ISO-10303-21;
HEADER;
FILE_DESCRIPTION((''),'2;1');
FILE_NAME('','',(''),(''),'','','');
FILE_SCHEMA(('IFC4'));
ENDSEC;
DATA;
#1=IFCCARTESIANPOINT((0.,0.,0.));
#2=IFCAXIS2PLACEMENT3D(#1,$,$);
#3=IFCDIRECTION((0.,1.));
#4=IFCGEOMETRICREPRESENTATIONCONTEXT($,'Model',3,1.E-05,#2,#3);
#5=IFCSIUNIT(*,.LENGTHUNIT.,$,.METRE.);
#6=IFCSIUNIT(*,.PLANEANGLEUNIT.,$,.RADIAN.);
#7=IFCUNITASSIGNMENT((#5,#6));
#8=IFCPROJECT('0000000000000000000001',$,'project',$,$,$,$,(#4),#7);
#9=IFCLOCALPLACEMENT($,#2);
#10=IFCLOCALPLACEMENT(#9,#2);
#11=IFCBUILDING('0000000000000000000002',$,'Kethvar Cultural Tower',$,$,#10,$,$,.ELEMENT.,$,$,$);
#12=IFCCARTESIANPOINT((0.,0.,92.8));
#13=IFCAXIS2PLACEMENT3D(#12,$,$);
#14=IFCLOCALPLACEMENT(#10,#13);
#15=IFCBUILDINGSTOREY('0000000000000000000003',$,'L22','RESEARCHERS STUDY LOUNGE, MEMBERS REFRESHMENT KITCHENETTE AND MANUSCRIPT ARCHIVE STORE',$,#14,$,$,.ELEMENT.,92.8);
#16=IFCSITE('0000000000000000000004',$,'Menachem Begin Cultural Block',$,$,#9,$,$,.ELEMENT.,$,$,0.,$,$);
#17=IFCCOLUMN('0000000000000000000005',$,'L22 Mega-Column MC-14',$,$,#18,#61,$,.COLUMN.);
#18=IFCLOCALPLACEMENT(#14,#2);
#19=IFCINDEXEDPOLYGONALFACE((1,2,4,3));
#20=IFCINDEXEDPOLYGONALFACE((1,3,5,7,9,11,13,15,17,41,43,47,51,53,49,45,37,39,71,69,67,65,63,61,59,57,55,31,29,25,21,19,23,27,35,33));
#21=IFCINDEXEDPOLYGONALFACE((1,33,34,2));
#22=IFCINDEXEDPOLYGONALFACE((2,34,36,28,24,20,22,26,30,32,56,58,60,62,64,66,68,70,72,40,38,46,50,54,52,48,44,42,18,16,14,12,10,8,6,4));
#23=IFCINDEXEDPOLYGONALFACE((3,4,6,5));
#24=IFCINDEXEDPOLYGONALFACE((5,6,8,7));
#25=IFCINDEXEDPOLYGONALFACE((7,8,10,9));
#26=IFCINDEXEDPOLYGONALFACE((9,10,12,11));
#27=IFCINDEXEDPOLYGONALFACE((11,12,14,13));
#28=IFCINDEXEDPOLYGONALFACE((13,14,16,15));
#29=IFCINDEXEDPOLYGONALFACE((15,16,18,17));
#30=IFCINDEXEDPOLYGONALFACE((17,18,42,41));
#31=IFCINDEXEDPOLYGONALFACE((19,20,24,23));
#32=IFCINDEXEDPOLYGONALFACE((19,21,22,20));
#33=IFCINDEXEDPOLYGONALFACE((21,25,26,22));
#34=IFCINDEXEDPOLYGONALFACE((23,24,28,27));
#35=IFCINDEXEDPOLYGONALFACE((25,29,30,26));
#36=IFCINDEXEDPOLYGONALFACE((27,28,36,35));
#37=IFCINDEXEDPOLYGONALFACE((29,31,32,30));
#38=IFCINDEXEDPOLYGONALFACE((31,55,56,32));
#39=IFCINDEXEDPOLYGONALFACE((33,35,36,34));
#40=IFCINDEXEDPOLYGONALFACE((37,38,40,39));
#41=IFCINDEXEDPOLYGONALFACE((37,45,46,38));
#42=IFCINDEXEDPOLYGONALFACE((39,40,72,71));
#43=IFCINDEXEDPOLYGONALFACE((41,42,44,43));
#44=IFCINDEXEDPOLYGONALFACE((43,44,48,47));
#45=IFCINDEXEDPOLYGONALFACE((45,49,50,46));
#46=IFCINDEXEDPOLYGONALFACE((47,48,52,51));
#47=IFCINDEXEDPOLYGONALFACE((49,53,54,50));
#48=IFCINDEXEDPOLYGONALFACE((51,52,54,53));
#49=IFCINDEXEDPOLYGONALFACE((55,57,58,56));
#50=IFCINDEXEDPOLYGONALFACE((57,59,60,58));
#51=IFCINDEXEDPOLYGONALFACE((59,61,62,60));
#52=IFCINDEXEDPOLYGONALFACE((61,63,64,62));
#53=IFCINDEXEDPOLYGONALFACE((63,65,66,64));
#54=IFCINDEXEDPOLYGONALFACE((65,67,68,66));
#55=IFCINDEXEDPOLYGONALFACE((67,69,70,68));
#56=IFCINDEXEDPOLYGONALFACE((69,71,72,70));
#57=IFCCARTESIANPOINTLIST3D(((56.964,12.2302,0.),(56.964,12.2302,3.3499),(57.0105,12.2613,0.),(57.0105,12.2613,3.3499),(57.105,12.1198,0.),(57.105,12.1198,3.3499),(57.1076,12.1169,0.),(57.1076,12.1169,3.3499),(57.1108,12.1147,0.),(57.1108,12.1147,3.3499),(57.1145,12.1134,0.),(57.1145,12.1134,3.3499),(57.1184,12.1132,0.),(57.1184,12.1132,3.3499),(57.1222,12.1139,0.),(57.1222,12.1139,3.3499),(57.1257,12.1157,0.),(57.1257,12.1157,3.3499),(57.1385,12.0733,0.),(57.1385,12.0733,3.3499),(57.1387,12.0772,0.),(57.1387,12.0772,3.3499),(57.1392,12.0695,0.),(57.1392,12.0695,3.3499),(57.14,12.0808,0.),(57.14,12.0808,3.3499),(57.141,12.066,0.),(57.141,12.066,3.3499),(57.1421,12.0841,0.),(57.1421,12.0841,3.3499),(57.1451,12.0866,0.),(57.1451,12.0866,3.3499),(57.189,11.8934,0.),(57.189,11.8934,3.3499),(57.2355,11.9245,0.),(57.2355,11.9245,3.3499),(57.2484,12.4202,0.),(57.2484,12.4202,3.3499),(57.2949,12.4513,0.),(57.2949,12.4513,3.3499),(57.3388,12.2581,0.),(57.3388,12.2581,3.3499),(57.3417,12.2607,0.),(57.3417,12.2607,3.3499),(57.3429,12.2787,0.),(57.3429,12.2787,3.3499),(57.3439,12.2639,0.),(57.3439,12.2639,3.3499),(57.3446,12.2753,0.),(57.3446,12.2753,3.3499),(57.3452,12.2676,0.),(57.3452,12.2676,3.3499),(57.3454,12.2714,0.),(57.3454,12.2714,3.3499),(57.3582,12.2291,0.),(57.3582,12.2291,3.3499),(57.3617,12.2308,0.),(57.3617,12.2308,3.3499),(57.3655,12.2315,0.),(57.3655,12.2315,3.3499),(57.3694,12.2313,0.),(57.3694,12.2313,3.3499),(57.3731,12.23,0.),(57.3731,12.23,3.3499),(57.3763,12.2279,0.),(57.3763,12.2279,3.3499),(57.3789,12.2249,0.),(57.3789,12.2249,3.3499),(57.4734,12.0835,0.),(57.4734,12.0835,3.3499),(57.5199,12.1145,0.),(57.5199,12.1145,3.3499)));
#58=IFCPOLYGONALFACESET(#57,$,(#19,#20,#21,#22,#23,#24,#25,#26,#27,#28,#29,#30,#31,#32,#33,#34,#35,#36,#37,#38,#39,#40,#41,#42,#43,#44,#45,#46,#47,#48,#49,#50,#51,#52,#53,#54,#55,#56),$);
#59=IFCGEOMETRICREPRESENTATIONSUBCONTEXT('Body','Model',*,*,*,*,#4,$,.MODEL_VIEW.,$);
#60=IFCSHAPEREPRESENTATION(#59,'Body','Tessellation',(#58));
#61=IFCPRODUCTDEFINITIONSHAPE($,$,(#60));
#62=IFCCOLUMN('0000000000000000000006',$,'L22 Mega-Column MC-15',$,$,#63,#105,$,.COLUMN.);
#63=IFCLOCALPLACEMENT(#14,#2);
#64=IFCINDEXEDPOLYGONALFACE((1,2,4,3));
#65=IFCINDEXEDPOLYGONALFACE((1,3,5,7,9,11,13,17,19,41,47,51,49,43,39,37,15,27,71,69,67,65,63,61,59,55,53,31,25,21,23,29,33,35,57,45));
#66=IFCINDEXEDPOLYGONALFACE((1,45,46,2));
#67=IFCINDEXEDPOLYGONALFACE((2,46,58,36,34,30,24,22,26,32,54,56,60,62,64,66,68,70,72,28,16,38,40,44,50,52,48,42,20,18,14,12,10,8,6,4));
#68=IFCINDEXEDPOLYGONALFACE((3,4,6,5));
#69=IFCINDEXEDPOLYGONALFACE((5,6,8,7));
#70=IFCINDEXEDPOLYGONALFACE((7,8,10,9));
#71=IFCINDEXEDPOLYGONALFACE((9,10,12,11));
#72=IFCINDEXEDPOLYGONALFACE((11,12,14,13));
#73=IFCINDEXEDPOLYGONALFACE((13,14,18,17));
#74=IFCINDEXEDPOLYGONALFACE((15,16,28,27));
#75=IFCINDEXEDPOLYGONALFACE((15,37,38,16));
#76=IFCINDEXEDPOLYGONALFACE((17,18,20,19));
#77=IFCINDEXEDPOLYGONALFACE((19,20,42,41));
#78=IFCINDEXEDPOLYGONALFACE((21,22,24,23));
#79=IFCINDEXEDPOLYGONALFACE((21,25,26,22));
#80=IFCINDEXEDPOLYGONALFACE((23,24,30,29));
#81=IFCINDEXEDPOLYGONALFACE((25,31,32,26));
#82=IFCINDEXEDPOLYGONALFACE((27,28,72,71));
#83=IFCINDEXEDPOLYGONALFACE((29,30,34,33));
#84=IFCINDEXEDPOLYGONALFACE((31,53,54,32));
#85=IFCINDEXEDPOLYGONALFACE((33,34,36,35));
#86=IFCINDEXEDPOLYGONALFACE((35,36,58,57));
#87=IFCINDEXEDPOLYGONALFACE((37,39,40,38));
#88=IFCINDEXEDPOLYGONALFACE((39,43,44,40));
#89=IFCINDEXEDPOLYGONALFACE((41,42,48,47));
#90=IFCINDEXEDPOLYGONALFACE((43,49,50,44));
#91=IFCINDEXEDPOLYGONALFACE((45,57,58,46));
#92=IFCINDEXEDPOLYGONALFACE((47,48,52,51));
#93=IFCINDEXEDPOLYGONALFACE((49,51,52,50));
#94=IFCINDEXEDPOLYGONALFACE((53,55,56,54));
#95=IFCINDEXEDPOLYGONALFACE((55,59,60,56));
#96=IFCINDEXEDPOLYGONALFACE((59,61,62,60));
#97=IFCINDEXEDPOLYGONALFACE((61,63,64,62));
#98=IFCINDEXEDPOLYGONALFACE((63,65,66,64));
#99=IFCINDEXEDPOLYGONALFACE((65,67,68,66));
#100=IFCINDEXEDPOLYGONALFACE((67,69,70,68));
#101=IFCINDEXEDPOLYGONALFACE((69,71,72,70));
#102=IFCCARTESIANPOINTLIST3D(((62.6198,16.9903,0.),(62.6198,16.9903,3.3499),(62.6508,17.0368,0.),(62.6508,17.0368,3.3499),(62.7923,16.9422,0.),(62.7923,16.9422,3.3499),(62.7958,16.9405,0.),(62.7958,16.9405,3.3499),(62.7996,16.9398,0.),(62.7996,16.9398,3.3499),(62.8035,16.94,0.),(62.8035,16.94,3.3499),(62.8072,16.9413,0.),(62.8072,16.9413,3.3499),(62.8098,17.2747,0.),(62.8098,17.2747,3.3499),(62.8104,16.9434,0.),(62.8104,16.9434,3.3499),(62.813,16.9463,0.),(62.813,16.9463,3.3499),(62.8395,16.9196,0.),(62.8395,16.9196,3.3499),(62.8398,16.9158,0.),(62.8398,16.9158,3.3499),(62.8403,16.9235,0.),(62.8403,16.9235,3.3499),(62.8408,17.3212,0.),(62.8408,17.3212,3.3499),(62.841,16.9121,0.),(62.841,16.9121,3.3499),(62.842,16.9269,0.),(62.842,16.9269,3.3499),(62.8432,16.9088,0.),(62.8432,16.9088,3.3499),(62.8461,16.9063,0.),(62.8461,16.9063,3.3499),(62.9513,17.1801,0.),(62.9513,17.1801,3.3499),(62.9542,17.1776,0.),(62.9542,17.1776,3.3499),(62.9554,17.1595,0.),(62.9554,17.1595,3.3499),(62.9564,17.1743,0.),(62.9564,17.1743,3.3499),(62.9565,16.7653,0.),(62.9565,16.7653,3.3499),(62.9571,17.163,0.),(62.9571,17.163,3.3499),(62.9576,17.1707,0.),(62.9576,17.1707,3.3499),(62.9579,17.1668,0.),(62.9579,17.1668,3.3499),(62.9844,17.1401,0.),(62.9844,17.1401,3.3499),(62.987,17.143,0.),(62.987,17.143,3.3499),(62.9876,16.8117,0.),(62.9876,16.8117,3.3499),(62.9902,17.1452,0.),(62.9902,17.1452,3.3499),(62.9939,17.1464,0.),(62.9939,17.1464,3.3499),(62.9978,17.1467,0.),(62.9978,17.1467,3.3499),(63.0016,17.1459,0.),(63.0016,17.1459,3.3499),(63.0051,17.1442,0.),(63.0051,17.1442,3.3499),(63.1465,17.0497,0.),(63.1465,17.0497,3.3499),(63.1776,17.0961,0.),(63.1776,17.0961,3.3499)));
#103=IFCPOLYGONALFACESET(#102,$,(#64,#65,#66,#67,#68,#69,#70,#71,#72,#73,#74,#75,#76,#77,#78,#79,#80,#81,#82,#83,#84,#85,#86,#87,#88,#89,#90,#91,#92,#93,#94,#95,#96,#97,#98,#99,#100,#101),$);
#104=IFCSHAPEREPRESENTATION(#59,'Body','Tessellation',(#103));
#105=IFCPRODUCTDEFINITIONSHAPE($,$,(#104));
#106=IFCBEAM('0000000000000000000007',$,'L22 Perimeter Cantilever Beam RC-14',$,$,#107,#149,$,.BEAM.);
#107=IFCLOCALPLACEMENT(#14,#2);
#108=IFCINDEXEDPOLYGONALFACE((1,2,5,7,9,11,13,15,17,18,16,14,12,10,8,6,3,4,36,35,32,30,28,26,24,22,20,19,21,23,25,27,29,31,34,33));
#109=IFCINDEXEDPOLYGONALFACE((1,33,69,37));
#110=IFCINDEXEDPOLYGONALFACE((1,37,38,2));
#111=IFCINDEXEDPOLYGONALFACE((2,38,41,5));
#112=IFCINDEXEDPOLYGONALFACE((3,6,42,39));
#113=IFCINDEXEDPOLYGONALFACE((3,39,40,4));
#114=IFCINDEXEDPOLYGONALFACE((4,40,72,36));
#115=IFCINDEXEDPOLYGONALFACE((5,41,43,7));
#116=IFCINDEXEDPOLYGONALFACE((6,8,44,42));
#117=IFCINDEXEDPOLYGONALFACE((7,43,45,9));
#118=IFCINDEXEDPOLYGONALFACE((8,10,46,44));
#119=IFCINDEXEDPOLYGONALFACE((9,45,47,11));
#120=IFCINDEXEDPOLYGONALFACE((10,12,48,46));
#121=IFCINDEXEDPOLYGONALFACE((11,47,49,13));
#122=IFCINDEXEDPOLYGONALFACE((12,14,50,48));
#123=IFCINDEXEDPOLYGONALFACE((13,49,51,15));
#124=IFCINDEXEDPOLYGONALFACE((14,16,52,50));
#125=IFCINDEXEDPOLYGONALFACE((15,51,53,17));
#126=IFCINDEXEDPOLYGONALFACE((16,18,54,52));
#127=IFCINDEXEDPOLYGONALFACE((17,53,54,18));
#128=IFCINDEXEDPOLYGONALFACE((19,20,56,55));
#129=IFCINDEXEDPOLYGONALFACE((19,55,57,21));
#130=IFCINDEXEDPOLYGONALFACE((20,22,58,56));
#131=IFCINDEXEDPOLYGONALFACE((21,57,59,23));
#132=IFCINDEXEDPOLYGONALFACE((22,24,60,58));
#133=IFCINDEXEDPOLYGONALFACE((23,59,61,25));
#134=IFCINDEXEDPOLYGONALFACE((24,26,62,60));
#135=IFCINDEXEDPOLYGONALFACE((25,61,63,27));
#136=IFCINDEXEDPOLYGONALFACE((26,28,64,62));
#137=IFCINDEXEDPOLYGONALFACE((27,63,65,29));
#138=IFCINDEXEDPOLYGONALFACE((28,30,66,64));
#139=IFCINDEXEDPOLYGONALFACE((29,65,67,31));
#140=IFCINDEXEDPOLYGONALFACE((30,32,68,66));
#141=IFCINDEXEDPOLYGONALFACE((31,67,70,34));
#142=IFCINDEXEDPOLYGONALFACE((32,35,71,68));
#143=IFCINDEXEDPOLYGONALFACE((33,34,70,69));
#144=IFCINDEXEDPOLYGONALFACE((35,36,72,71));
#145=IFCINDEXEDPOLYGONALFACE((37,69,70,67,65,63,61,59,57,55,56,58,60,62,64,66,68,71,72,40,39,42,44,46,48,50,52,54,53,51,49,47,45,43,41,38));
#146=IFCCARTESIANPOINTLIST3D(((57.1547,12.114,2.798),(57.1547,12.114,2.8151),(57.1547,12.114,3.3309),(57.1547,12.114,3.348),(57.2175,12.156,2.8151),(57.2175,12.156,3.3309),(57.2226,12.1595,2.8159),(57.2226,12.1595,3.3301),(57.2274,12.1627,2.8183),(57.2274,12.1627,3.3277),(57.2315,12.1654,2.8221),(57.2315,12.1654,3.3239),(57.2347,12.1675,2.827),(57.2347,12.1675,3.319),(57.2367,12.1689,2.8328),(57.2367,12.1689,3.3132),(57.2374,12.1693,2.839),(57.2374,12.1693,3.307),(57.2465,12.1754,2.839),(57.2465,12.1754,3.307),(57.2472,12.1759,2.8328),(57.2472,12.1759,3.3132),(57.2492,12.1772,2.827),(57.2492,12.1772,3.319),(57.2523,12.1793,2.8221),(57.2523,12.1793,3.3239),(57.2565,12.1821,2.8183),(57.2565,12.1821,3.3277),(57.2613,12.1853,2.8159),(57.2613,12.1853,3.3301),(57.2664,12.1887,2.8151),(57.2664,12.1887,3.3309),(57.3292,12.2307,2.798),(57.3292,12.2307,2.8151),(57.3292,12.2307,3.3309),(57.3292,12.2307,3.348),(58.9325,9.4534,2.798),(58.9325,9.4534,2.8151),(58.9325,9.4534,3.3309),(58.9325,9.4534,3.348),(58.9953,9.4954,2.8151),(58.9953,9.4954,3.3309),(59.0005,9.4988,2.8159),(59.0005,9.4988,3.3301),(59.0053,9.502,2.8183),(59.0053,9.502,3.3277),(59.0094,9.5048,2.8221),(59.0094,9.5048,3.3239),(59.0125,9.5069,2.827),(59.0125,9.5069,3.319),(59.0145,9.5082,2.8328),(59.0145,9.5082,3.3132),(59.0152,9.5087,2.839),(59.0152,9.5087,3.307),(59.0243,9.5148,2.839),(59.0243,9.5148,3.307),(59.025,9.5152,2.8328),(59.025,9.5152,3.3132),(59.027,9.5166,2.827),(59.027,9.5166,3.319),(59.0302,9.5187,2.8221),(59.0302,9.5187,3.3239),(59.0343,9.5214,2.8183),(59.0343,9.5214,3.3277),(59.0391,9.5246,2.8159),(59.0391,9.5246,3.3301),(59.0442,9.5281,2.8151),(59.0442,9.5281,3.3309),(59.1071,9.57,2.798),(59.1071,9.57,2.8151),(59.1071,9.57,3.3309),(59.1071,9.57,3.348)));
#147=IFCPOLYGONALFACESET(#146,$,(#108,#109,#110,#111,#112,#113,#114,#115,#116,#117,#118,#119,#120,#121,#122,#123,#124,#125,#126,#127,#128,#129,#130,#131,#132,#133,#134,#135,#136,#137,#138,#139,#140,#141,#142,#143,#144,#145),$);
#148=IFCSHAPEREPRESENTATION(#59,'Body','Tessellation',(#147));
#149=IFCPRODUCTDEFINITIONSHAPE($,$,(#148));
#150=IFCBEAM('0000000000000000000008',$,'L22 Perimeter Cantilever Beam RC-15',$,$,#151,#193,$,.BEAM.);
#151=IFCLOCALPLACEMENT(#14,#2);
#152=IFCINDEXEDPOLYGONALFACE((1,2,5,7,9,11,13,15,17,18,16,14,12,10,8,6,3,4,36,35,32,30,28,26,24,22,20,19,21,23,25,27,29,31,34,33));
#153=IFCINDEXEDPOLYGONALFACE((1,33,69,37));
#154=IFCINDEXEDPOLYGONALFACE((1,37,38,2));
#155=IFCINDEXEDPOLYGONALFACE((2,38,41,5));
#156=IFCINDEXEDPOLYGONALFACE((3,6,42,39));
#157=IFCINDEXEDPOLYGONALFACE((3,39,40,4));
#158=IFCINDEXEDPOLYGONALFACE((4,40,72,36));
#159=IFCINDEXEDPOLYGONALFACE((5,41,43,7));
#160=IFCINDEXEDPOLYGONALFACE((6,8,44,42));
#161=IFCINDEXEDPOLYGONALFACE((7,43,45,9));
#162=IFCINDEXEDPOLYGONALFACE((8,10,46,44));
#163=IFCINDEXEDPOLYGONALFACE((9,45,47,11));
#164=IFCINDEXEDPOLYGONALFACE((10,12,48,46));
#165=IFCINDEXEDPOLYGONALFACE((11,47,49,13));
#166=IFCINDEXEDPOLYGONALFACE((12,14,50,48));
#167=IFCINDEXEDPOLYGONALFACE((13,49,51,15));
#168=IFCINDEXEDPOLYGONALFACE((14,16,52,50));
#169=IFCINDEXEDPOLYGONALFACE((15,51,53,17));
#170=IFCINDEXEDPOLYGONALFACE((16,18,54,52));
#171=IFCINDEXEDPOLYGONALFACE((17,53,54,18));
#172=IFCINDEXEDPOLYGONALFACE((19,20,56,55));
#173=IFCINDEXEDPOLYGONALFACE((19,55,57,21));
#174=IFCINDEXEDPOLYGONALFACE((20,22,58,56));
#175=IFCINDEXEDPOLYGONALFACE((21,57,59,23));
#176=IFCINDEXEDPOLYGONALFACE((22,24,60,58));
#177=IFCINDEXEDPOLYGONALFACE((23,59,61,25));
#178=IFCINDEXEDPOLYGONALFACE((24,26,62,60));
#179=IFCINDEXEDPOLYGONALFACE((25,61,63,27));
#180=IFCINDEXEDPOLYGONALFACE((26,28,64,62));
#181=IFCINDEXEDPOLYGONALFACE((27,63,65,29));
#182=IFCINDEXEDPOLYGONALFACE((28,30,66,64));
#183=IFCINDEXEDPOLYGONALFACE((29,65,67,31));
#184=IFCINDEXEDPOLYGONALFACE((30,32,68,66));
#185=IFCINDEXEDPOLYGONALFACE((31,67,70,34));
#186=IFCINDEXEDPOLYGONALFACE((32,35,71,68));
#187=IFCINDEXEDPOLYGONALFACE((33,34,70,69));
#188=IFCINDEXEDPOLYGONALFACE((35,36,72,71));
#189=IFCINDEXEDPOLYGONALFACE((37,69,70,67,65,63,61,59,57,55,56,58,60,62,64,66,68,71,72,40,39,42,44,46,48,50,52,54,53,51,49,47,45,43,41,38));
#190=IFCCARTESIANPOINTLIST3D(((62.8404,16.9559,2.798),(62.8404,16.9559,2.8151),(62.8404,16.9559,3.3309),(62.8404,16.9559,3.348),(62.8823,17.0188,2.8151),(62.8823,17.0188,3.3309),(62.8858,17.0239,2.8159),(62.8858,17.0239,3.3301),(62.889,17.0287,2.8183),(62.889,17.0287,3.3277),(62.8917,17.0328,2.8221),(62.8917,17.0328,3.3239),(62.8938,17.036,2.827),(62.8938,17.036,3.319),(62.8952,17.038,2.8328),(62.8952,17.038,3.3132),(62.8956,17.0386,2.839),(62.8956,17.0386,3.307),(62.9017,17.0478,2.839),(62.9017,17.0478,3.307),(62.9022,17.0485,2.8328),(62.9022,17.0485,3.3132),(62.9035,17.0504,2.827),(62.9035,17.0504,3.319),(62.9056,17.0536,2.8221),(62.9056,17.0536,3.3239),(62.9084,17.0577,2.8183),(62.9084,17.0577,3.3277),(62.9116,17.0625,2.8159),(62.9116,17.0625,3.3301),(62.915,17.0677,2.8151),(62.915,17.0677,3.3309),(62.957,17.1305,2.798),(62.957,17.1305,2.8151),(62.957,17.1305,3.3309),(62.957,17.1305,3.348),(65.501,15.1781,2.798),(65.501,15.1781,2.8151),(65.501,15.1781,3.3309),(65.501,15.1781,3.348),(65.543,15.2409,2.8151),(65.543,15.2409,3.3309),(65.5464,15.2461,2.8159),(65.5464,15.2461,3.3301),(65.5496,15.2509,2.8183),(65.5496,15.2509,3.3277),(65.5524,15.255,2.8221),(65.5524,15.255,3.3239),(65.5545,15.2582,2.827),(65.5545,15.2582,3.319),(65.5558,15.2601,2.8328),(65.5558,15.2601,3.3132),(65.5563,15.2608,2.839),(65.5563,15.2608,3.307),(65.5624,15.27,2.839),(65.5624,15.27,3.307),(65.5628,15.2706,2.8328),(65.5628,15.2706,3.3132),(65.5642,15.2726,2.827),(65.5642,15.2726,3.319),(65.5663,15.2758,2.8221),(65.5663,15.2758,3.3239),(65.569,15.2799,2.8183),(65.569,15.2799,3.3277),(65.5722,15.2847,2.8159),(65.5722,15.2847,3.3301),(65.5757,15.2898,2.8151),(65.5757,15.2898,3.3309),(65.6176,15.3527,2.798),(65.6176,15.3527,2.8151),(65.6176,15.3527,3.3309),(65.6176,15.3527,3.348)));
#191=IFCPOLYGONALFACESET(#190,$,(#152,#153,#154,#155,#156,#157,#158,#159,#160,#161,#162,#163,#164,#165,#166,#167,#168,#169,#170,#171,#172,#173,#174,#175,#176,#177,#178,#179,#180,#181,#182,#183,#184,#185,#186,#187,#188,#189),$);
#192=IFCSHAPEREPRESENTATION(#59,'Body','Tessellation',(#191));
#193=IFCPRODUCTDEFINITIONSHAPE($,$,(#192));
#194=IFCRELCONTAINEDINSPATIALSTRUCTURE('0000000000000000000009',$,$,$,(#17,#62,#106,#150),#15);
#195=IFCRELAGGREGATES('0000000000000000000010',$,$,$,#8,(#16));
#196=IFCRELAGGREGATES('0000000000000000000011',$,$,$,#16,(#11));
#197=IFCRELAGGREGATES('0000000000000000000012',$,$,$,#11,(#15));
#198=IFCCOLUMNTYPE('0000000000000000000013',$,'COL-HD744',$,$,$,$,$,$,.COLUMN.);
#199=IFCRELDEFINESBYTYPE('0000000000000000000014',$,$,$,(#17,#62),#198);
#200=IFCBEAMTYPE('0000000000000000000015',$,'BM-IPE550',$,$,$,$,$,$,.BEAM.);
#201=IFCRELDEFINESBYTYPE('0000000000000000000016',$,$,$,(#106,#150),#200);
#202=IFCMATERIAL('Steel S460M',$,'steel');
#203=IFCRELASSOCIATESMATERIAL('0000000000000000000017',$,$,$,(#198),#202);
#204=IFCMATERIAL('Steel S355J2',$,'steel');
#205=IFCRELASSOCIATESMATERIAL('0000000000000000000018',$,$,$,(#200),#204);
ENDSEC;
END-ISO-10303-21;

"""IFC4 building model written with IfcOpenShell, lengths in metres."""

from ifc_helpers import new_model, si_unit, direction, frame, origin, origin_2d, place, context, subcontext, project, spatial, i_section, extrude, source, transform, mapped, material, material_profile, profile_set, type_object, element, save


model = new_model("IFC4")

# Units and contexts
model_context = context("Model", 3, precision=1e-05, world=origin(), true_north=direction((0.0, 1.0)))
body_context = subcontext(model_context, "Body", "Model", "MODEL_VIEW")
ifc_project = project(units=[si_unit("LENGTHUNIT", "METRE"), si_unit("PLANEANGLEUNIT", "RADIAN")], contexts=[model_context])

# Site, building, storey
site_placement = place(None, origin())
site = spatial("IfcSite", under=ifc_project, at=site_placement, Name="Menachem Begin Cultural Block", CompositionType="ELEMENT", RefElevation=0.0)
building_placement = place(site_placement, origin())
building = spatial("IfcBuilding", under=site, at=building_placement, Name="Kethvar Cultural Tower", CompositionType="ELEMENT")
storey_placement = place(building_placement, frame((0.0, 0.0, 92.8)))
storey = spatial("IfcBuildingStorey", under=building, at=storey_placement, Name="L22", Description="RESEARCHERS STUDY LOUNGE, MEMBERS REFRESHMENT KITCHENETTE AND MANUSCRIPT ARCHIVE STORE", CompositionType="ELEMENT", Elevation=92.8)

# Columns
ifc_material_1 = material(Name="Steel S460M", Category="steel")
ifc_material_profile_1 = material_profile(ifc_material_1, i_section(OverallWidth=0.405, OverallDepth=0.3979, WebThickness=0.0349, FlangeThickness=0.0559, FilletRadius=0.0149, at=origin_2d()), Name="Steel S460M — HD400x744")
ifc_profile_set_1 = profile_set([ifc_material_profile_1], Name="Steel S460M — HD400x744")
column_type = type_object("IfcColumnType", Name="COL-HD744", PredefinedType="COLUMN", material=ifc_profile_set_1)
shared_shape_1 = source(origin(), body_context, "Body", "SweptSolid", [
    extrude(i_section(OverallWidth=0.405, OverallDepth=0.3979, WebThickness=0.0349, FlangeThickness=0.0559, FilletRadius=0.0149, at=origin_2d()), origin(), (0.0, 0.0, 1.0), 3.3499),
])
for number, where, z_axis, x_axis, name in (
    (1, (57.2419, 12.1724, 0.0), (0.0, 0.0, 1.0), (0.55557, -0.83147, 0.0), "L22 Mega-Column MC-14"),
    (2, (62.8987, 17.0432, 0.0), (0.0, 0.0, 1.0), (0.83147, -0.55557, 0.0), "L22 Mega-Column MC-15"),
):
    element("IfcColumn", number, at=place(storey_placement, frame(where, z_axis=z_axis, x_axis=x_axis)), inside=storey, type_object=column_type, Name=name, PredefinedType="COLUMN", context=body_context, shape_type="MappedRepresentation", body=[
        mapped(shared_shape_1, transform((0.0, 0.0, 0.0), scale=1.0)),
    ])

# Beams
ifc_material_2 = material(Name="Steel S355J2", Category="steel")
ifc_material_profile_2 = material_profile(ifc_material_2, i_section(OverallWidth=0.21, OverallDepth=0.55, WebThickness=0.011, FlangeThickness=0.0171, FilletRadius=0.0239, at=origin_2d()), Name="Steel S355J2 — IPE550")
ifc_profile_set_2 = profile_set([ifc_material_profile_2], Name="Steel S355J2 — IPE550")
beam_type_1 = type_object("IfcBeamType", Name="BM-IPE550", PredefinedType="BEAM", material=ifc_profile_set_2)
shared_shape_2 = source(origin(), body_context, "Body", "SweptSolid", [
    extrude(i_section(OverallWidth=0.21, OverallDepth=0.55, WebThickness=0.011, FlangeThickness=0.0171, FilletRadius=0.0239, at=origin_2d()), origin(), (0.0, 0.0, 1.0), 3.2),
])
for number, where, z_axis, x_axis, name in (
    (3, (57.2419, 12.1724, 3.073), (0.55558, -0.831463, 0.0), (0.831463, 0.55558, 0.0), "L22 Perimeter Cantilever Beam RC-14"),
    (4, (62.8987, 17.0432, 3.073), (0.831463, -0.55558, 0.0), (0.55558, 0.831463, 0.0), "L22 Perimeter Cantilever Beam RC-15"),
):
    element("IfcBeam", number, at=place(storey_placement, frame(where, z_axis=z_axis, x_axis=x_axis)), inside=storey, type_object=beam_type_1, Name=name, PredefinedType="BEAM", context=body_context, shape_type="MappedRepresentation", body=[
        mapped(shared_shape_2, transform((0.0, 0.0, 0.0), scale=1.0)),
    ])

save(model, "model.ifc")
